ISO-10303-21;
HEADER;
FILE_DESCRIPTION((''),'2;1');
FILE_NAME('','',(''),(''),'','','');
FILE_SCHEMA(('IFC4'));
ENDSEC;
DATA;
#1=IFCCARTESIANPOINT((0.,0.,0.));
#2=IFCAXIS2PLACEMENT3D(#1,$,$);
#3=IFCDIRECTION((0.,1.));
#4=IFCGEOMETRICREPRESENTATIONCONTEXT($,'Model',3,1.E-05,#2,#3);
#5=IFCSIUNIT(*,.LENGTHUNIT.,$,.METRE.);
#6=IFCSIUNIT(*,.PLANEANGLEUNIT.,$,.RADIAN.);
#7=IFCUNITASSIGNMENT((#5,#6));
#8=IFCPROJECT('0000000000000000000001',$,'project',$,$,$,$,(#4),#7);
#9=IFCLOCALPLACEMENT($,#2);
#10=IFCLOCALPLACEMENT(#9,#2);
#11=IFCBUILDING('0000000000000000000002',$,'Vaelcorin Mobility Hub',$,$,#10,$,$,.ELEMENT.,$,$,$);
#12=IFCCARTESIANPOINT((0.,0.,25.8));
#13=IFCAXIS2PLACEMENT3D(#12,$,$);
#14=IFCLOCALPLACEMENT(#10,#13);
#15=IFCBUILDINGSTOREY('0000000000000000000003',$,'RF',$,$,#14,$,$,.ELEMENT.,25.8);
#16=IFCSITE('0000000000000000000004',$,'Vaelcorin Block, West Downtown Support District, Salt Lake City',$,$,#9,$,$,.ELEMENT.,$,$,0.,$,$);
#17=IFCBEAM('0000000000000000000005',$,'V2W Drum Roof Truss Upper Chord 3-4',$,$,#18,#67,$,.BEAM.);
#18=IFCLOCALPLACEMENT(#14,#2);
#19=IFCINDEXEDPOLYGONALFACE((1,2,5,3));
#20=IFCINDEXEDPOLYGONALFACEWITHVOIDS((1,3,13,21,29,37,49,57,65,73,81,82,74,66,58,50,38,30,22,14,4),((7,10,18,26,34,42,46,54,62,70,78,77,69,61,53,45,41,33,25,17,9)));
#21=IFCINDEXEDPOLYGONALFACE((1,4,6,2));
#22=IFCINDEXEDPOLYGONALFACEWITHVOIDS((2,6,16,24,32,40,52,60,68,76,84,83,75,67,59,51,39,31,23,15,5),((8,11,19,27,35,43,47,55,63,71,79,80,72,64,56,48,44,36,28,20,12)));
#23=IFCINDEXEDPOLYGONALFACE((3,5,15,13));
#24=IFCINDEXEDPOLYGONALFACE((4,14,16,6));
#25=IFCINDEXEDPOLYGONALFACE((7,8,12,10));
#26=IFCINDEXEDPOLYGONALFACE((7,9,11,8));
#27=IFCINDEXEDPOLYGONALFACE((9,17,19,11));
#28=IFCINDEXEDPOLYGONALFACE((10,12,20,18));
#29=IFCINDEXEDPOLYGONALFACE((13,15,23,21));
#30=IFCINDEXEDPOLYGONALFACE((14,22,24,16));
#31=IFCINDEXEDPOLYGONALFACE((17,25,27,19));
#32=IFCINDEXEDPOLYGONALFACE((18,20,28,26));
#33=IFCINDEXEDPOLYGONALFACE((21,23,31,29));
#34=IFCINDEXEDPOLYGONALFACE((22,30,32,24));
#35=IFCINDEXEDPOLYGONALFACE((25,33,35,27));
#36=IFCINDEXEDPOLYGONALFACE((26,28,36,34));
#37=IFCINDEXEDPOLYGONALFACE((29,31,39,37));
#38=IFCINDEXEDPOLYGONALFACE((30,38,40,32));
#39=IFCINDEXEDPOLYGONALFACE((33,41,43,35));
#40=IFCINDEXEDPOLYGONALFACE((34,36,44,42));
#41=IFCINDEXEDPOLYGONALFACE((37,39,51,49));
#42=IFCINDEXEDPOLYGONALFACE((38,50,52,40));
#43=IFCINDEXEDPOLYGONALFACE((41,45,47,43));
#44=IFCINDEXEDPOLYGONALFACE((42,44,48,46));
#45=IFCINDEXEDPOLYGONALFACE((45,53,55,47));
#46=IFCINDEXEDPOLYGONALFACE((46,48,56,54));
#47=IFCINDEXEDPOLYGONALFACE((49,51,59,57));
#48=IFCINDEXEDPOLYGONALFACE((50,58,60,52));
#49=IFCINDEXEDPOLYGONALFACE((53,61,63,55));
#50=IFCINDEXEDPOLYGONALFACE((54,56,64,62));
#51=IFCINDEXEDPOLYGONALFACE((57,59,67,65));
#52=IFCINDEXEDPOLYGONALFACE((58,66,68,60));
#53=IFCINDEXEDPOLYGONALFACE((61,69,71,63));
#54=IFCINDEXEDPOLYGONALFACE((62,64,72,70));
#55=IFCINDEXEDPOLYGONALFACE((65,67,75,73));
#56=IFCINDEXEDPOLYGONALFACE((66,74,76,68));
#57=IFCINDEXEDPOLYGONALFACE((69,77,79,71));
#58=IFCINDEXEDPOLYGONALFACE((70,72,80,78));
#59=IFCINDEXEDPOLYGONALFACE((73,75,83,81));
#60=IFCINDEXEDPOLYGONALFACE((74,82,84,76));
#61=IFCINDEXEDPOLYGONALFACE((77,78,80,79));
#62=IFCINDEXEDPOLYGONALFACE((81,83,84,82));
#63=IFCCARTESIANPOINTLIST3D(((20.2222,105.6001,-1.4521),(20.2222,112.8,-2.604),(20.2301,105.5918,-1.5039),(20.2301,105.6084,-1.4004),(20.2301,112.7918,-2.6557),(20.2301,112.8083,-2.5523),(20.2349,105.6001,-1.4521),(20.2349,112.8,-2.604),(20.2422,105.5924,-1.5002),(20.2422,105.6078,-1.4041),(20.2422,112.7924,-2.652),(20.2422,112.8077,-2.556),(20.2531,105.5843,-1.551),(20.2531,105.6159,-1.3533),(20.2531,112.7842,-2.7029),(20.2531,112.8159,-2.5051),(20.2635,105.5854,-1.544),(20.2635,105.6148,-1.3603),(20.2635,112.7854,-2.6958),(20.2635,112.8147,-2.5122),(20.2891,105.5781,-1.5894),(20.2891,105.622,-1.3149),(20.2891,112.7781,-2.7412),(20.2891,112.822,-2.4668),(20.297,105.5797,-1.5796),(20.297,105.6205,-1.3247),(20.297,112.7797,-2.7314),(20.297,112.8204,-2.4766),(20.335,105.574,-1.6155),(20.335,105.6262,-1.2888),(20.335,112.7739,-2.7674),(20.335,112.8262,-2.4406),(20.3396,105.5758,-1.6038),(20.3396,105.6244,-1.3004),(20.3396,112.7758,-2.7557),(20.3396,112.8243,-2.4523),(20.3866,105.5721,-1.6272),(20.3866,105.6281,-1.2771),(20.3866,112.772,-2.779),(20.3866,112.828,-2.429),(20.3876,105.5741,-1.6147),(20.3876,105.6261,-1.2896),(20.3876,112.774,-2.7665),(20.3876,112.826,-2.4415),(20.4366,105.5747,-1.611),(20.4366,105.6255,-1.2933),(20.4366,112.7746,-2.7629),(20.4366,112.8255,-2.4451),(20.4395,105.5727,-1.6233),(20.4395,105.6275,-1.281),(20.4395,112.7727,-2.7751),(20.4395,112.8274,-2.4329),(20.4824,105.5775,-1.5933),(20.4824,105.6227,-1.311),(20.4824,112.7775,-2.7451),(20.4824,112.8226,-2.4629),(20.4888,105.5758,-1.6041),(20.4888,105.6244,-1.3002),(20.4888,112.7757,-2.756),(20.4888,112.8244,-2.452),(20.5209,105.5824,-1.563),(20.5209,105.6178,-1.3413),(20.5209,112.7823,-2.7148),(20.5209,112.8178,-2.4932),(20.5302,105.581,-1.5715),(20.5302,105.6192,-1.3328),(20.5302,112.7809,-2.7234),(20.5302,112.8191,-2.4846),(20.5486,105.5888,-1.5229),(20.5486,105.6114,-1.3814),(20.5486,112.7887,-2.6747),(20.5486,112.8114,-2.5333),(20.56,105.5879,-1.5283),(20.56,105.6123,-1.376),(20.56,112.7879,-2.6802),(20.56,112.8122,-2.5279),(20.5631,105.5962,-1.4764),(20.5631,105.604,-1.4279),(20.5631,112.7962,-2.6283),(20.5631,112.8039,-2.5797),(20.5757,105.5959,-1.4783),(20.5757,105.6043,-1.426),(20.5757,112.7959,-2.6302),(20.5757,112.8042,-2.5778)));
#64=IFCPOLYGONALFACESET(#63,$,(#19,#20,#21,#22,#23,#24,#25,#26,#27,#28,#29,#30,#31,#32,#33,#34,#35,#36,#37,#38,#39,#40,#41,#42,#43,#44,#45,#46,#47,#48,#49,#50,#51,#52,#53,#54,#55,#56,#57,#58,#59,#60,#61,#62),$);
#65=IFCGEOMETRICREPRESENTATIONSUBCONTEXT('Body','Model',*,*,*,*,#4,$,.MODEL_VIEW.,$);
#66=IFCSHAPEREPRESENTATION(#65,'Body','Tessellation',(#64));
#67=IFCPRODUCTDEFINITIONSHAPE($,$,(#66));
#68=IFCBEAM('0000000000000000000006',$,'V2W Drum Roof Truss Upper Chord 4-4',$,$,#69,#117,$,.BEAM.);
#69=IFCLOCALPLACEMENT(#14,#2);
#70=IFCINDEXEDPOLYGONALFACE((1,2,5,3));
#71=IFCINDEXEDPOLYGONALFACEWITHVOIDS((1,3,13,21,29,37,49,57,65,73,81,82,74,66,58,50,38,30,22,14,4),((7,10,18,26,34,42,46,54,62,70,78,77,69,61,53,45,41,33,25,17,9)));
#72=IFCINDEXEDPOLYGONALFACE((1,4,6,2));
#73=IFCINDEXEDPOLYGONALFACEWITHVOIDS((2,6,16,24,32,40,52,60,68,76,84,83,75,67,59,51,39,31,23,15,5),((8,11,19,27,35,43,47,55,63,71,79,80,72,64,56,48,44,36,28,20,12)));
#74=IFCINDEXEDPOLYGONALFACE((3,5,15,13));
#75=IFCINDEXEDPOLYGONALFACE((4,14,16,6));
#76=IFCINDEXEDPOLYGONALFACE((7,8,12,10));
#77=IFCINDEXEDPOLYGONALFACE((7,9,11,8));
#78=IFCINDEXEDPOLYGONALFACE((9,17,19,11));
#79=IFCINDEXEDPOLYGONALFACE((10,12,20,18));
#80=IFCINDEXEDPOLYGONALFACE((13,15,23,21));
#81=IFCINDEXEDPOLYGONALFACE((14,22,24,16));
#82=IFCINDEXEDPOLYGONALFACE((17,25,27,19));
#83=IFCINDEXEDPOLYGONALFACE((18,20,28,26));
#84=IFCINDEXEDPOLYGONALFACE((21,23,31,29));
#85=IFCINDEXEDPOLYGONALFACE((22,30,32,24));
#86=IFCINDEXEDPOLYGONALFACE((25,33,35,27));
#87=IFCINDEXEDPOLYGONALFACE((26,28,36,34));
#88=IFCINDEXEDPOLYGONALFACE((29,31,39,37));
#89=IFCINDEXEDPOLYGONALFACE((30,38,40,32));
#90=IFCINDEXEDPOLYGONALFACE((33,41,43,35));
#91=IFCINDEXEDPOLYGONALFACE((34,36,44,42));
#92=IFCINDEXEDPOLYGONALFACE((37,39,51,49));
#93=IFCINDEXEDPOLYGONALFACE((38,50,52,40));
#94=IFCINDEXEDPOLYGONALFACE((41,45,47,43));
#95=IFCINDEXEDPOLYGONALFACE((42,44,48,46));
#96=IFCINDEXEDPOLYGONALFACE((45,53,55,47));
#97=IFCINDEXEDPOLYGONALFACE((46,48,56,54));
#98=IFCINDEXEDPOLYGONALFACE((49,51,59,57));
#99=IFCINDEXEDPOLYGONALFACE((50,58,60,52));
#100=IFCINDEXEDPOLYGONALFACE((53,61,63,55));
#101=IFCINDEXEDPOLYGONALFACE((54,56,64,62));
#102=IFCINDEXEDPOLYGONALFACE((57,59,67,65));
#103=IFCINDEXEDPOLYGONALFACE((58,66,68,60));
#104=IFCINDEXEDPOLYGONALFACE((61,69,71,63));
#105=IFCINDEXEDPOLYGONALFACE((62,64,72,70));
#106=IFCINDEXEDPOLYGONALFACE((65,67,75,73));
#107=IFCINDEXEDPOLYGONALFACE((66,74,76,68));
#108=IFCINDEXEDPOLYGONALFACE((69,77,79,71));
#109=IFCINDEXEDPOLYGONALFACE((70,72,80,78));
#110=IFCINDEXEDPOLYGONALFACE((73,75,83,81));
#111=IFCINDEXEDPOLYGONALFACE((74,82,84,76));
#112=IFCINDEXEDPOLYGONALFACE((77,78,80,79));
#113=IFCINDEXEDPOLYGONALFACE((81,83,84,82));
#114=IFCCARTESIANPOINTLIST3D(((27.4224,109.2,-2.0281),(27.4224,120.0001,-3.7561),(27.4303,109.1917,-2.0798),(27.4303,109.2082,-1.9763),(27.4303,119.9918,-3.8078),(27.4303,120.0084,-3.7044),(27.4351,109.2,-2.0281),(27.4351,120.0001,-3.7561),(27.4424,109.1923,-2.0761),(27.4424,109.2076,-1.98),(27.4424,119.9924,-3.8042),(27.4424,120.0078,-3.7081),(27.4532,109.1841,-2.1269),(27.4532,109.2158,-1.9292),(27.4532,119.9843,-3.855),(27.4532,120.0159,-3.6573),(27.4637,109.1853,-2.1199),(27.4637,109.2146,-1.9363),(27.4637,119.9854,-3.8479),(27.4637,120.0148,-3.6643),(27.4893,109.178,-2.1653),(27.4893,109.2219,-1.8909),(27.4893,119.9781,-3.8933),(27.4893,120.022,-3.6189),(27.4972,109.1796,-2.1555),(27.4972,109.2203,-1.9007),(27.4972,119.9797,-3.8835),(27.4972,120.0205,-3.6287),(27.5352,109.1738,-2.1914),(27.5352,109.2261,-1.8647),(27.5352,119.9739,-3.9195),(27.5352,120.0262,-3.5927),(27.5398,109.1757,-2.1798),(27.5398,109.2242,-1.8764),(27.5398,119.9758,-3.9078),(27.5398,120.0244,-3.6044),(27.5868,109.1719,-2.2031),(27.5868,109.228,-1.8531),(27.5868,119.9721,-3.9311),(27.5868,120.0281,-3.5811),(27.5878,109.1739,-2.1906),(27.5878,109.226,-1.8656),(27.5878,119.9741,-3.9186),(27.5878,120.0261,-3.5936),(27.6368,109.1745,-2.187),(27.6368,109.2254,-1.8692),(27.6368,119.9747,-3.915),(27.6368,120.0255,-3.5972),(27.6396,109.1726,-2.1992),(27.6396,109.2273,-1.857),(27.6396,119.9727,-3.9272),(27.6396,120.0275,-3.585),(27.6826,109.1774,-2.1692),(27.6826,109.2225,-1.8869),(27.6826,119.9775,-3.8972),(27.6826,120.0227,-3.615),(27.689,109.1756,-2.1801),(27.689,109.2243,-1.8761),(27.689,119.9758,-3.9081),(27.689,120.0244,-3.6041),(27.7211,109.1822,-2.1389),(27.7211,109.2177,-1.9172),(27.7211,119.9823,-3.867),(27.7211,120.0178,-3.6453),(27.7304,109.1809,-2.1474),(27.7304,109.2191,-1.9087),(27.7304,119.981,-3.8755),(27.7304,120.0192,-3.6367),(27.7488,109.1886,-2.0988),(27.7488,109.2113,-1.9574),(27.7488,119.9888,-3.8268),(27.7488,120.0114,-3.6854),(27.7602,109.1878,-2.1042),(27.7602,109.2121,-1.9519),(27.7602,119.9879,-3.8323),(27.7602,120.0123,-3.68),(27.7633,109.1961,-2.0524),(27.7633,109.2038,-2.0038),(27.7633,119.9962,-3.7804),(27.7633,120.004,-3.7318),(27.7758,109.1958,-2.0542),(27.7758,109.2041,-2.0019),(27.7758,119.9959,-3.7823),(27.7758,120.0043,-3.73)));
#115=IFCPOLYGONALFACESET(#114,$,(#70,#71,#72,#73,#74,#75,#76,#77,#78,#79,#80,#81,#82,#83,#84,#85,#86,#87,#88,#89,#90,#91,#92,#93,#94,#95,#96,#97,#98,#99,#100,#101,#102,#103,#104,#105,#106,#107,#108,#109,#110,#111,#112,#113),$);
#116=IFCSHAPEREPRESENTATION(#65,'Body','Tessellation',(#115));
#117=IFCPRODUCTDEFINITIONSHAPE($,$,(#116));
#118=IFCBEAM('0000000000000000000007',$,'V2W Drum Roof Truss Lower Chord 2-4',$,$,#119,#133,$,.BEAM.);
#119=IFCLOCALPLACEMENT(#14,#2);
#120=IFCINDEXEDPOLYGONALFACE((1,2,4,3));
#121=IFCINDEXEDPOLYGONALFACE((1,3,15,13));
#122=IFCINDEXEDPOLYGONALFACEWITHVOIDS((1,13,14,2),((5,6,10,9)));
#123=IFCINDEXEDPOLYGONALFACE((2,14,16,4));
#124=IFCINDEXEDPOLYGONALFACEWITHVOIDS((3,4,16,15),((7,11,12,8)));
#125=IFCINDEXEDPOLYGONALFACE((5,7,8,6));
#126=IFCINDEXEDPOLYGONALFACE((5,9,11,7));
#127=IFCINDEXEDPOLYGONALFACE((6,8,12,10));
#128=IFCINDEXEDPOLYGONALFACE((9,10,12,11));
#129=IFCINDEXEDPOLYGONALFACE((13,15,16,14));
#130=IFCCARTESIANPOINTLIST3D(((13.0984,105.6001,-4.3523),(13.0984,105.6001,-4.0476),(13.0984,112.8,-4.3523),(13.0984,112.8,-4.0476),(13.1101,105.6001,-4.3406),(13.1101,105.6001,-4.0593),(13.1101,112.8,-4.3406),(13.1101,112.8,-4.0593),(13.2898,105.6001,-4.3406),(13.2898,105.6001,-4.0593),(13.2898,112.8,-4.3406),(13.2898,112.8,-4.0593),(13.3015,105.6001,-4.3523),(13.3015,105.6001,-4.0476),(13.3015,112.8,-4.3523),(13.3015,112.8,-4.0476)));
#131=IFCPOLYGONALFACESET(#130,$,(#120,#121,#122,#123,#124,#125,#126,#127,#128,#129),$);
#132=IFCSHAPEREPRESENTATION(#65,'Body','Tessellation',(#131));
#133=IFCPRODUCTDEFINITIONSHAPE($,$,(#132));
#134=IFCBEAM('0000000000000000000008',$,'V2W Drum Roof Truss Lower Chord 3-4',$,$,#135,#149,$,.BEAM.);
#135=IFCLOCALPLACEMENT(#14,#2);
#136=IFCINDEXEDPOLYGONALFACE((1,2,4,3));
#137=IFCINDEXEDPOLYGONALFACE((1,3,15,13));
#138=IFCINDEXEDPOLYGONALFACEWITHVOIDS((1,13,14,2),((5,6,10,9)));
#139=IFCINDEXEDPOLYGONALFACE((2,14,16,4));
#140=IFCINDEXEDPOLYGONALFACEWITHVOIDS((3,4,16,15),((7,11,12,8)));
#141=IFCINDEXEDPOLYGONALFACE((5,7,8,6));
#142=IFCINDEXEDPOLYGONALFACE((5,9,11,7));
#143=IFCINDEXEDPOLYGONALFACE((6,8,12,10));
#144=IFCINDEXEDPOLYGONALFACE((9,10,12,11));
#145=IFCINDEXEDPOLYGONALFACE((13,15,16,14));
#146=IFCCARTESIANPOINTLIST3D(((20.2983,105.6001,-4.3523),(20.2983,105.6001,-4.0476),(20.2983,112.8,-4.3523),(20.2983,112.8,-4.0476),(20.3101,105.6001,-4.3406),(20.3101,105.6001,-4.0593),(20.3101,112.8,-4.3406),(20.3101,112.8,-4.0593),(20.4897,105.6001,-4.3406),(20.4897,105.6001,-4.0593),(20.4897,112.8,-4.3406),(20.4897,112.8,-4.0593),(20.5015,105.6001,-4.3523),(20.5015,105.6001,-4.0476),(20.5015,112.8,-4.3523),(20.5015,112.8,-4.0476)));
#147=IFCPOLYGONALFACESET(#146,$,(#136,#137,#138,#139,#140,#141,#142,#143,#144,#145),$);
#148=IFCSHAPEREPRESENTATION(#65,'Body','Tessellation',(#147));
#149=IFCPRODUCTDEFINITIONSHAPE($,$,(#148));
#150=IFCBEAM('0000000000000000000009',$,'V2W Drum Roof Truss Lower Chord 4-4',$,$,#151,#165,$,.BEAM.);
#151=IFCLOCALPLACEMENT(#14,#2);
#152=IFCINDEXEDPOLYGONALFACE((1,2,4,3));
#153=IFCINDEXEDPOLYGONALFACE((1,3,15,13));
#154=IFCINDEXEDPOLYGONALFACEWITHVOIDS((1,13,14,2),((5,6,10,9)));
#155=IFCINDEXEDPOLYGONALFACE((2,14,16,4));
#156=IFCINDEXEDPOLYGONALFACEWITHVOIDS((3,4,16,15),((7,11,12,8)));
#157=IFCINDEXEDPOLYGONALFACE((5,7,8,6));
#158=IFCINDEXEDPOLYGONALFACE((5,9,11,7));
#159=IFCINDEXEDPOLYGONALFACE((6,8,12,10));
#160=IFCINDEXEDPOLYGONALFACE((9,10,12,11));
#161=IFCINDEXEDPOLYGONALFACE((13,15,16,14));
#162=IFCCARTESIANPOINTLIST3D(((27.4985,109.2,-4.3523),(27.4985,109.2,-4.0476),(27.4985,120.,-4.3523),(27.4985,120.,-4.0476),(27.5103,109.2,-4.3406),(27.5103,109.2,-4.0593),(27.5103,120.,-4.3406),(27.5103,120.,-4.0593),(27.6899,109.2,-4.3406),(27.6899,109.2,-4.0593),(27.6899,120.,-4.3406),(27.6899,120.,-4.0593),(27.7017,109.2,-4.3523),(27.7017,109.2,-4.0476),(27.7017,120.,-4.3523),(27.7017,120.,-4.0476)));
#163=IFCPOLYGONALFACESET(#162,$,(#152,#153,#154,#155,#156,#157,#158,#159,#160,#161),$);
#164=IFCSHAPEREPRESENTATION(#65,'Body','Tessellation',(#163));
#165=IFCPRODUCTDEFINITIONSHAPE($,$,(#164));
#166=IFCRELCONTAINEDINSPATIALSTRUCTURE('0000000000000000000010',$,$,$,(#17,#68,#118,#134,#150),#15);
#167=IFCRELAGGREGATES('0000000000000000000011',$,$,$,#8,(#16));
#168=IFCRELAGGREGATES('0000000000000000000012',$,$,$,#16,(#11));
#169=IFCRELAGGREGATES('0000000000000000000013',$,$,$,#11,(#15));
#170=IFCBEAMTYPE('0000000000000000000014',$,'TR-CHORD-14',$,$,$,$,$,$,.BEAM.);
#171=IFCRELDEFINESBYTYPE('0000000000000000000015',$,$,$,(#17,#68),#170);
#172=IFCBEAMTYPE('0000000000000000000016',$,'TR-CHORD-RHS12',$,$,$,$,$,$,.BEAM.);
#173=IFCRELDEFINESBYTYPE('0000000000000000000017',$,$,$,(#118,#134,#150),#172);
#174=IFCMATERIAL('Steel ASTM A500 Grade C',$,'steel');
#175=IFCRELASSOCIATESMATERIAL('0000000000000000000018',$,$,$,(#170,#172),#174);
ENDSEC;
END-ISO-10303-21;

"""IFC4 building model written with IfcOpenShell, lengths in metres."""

from ifc_helpers import new_model, si_unit, direction, frame, origin, origin_2d, place, context, subcontext, project, spatial, hollow_rectangle, hollow_circle, extrude, material, material_profile, profile_set, type_object, element, save


model = new_model("IFC4")

# Units and contexts
model_context = context("Model", 3, precision=1e-05, world=origin(), true_north=direction((0.0, 1.0)))
body_context = subcontext(model_context, "Body", "Model", "MODEL_VIEW")
ifc_project = project(units=[si_unit("LENGTHUNIT", "METRE"), si_unit("PLANEANGLEUNIT", "RADIAN")], contexts=[model_context])

# Site, building, storey
site_placement = place(None, origin())
site = spatial("IfcSite", under=ifc_project, at=site_placement, Name="Vaelcorin Block, West Downtown Support District, Salt Lake City", CompositionType="ELEMENT", RefElevation=0.0)
building_placement = place(site_placement, origin())
building = spatial("IfcBuilding", under=site, at=building_placement, Name="Vaelcorin Mobility Hub", CompositionType="ELEMENT")
storey_placement = place(building_placement, frame((0.0, 0.0, 25.8)))
storey = spatial("IfcBuildingStorey", under=building, at=storey_placement, Name="RF", CompositionType="ELEMENT", Elevation=25.8)

# Shared definitions
ifc_material_1 = material(Name="Steel ASTM A500 Grade C", Category="steel")

# Beams
ifc_material_profile_1 = material_profile(ifc_material_1, hollow_circle(Radius=0.1777, WallThickness=0.0127, at=origin_2d()), Name="HSS14.000X0.500")
ifc_profile_set_1 = profile_set([ifc_material_profile_1], Name="Steel ASTM A500 Grade C")
beam_type_1 = type_object("IfcBeamType", Name="TR-CHORD-14", PredefinedType="BEAM", material=ifc_profile_set_1)
for number, where, z_axis, x_axis, name in (
    (1, (20.3999, 105.6001, -1.4521), (0.0, 0.987444, -0.157972), (-1.0, 0.0, 0.0), "V2W Drum Roof Truss Upper Chord 3-4"),
):
    element("IfcBeam", number, at=place(storey_placement, frame(where, z_axis=z_axis, x_axis=x_axis)), inside=storey, type_object=beam_type_1, Name=name, PredefinedType="BEAM", context=body_context, shape_type="SweptSolid", body=[
        extrude(hollow_circle(Radius=0.1777, WallThickness=0.0127, at=origin_2d()), origin(), (0.0, 0.0, 1.0), 7.2915),
    ])
beam_1_placement = place(storey_placement, frame((27.6001, 109.2, -2.0281), z_axis=(0.0, 0.98744, -0.157992), x_axis=(-1.0, 0.0, 0.0)))
element("IfcBeam", 2, at=beam_1_placement, inside=storey, type_object=beam_type_1, Name="V2W Drum Roof Truss Upper Chord 4-4", PredefinedType="BEAM", context=body_context, shape_type="SweptSolid", body=[
    extrude(hollow_circle(Radius=0.1777, WallThickness=0.0127, at=origin_2d()), origin(), (0.0, 0.0, 1.0), 10.9375),
])
ifc_material_profile_2 = material_profile(ifc_material_1, hollow_rectangle(XDim=0.2031, YDim=0.3047, WallThickness=0.0117, at=origin_2d()), Name="HSS12X8X0.500")
ifc_profile_set_2 = profile_set([ifc_material_profile_2], Name="Steel ASTM A500 Grade C")
beam_type_2 = type_object("IfcBeamType", Name="TR-CHORD-RHS12", PredefinedType="BEAM", material=ifc_profile_set_2)
for number, where, z_axis, x_axis, name in (
    (3, (13.2, 105.6001, -4.2), (0.0, 1.0, 0.0), (-1.0, 0.0, 0.0), "V2W Drum Roof Truss Lower Chord 2-4"),
    (4, (20.3999, 105.6001, -4.2), (0.0, 1.0, 0.0), (-1.0, 0.0, 0.0), "V2W Drum Roof Truss Lower Chord 3-4"),
):
    element("IfcBeam", number, at=place(storey_placement, frame(where, z_axis=z_axis, x_axis=x_axis)), inside=storey, type_object=beam_type_2, Name=name, PredefinedType="BEAM", context=body_context, shape_type="SweptSolid", body=[
        extrude(hollow_rectangle(XDim=0.2031, YDim=0.3047, WallThickness=0.0117, at=origin_2d()), origin(), (0.0, 0.0, 1.0), 7.2),
    ])
beam_2_placement = place(storey_placement, frame((27.6001, 109.2, -4.2), z_axis=(0.0, 1.0, 0.0), x_axis=(-1.0, 0.0, 0.0)))
element("IfcBeam", 5, at=beam_2_placement, inside=storey, type_object=beam_type_2, Name="V2W Drum Roof Truss Lower Chord 4-4", PredefinedType="BEAM", context=body_context, shape_type="SweptSolid", body=[
    extrude(hollow_rectangle(XDim=0.2031, YDim=0.3047, WallThickness=0.0117, at=origin_2d()), origin(), (0.0, 0.0, 1.0), 10.8),
])

save(model, "model.ifc")
